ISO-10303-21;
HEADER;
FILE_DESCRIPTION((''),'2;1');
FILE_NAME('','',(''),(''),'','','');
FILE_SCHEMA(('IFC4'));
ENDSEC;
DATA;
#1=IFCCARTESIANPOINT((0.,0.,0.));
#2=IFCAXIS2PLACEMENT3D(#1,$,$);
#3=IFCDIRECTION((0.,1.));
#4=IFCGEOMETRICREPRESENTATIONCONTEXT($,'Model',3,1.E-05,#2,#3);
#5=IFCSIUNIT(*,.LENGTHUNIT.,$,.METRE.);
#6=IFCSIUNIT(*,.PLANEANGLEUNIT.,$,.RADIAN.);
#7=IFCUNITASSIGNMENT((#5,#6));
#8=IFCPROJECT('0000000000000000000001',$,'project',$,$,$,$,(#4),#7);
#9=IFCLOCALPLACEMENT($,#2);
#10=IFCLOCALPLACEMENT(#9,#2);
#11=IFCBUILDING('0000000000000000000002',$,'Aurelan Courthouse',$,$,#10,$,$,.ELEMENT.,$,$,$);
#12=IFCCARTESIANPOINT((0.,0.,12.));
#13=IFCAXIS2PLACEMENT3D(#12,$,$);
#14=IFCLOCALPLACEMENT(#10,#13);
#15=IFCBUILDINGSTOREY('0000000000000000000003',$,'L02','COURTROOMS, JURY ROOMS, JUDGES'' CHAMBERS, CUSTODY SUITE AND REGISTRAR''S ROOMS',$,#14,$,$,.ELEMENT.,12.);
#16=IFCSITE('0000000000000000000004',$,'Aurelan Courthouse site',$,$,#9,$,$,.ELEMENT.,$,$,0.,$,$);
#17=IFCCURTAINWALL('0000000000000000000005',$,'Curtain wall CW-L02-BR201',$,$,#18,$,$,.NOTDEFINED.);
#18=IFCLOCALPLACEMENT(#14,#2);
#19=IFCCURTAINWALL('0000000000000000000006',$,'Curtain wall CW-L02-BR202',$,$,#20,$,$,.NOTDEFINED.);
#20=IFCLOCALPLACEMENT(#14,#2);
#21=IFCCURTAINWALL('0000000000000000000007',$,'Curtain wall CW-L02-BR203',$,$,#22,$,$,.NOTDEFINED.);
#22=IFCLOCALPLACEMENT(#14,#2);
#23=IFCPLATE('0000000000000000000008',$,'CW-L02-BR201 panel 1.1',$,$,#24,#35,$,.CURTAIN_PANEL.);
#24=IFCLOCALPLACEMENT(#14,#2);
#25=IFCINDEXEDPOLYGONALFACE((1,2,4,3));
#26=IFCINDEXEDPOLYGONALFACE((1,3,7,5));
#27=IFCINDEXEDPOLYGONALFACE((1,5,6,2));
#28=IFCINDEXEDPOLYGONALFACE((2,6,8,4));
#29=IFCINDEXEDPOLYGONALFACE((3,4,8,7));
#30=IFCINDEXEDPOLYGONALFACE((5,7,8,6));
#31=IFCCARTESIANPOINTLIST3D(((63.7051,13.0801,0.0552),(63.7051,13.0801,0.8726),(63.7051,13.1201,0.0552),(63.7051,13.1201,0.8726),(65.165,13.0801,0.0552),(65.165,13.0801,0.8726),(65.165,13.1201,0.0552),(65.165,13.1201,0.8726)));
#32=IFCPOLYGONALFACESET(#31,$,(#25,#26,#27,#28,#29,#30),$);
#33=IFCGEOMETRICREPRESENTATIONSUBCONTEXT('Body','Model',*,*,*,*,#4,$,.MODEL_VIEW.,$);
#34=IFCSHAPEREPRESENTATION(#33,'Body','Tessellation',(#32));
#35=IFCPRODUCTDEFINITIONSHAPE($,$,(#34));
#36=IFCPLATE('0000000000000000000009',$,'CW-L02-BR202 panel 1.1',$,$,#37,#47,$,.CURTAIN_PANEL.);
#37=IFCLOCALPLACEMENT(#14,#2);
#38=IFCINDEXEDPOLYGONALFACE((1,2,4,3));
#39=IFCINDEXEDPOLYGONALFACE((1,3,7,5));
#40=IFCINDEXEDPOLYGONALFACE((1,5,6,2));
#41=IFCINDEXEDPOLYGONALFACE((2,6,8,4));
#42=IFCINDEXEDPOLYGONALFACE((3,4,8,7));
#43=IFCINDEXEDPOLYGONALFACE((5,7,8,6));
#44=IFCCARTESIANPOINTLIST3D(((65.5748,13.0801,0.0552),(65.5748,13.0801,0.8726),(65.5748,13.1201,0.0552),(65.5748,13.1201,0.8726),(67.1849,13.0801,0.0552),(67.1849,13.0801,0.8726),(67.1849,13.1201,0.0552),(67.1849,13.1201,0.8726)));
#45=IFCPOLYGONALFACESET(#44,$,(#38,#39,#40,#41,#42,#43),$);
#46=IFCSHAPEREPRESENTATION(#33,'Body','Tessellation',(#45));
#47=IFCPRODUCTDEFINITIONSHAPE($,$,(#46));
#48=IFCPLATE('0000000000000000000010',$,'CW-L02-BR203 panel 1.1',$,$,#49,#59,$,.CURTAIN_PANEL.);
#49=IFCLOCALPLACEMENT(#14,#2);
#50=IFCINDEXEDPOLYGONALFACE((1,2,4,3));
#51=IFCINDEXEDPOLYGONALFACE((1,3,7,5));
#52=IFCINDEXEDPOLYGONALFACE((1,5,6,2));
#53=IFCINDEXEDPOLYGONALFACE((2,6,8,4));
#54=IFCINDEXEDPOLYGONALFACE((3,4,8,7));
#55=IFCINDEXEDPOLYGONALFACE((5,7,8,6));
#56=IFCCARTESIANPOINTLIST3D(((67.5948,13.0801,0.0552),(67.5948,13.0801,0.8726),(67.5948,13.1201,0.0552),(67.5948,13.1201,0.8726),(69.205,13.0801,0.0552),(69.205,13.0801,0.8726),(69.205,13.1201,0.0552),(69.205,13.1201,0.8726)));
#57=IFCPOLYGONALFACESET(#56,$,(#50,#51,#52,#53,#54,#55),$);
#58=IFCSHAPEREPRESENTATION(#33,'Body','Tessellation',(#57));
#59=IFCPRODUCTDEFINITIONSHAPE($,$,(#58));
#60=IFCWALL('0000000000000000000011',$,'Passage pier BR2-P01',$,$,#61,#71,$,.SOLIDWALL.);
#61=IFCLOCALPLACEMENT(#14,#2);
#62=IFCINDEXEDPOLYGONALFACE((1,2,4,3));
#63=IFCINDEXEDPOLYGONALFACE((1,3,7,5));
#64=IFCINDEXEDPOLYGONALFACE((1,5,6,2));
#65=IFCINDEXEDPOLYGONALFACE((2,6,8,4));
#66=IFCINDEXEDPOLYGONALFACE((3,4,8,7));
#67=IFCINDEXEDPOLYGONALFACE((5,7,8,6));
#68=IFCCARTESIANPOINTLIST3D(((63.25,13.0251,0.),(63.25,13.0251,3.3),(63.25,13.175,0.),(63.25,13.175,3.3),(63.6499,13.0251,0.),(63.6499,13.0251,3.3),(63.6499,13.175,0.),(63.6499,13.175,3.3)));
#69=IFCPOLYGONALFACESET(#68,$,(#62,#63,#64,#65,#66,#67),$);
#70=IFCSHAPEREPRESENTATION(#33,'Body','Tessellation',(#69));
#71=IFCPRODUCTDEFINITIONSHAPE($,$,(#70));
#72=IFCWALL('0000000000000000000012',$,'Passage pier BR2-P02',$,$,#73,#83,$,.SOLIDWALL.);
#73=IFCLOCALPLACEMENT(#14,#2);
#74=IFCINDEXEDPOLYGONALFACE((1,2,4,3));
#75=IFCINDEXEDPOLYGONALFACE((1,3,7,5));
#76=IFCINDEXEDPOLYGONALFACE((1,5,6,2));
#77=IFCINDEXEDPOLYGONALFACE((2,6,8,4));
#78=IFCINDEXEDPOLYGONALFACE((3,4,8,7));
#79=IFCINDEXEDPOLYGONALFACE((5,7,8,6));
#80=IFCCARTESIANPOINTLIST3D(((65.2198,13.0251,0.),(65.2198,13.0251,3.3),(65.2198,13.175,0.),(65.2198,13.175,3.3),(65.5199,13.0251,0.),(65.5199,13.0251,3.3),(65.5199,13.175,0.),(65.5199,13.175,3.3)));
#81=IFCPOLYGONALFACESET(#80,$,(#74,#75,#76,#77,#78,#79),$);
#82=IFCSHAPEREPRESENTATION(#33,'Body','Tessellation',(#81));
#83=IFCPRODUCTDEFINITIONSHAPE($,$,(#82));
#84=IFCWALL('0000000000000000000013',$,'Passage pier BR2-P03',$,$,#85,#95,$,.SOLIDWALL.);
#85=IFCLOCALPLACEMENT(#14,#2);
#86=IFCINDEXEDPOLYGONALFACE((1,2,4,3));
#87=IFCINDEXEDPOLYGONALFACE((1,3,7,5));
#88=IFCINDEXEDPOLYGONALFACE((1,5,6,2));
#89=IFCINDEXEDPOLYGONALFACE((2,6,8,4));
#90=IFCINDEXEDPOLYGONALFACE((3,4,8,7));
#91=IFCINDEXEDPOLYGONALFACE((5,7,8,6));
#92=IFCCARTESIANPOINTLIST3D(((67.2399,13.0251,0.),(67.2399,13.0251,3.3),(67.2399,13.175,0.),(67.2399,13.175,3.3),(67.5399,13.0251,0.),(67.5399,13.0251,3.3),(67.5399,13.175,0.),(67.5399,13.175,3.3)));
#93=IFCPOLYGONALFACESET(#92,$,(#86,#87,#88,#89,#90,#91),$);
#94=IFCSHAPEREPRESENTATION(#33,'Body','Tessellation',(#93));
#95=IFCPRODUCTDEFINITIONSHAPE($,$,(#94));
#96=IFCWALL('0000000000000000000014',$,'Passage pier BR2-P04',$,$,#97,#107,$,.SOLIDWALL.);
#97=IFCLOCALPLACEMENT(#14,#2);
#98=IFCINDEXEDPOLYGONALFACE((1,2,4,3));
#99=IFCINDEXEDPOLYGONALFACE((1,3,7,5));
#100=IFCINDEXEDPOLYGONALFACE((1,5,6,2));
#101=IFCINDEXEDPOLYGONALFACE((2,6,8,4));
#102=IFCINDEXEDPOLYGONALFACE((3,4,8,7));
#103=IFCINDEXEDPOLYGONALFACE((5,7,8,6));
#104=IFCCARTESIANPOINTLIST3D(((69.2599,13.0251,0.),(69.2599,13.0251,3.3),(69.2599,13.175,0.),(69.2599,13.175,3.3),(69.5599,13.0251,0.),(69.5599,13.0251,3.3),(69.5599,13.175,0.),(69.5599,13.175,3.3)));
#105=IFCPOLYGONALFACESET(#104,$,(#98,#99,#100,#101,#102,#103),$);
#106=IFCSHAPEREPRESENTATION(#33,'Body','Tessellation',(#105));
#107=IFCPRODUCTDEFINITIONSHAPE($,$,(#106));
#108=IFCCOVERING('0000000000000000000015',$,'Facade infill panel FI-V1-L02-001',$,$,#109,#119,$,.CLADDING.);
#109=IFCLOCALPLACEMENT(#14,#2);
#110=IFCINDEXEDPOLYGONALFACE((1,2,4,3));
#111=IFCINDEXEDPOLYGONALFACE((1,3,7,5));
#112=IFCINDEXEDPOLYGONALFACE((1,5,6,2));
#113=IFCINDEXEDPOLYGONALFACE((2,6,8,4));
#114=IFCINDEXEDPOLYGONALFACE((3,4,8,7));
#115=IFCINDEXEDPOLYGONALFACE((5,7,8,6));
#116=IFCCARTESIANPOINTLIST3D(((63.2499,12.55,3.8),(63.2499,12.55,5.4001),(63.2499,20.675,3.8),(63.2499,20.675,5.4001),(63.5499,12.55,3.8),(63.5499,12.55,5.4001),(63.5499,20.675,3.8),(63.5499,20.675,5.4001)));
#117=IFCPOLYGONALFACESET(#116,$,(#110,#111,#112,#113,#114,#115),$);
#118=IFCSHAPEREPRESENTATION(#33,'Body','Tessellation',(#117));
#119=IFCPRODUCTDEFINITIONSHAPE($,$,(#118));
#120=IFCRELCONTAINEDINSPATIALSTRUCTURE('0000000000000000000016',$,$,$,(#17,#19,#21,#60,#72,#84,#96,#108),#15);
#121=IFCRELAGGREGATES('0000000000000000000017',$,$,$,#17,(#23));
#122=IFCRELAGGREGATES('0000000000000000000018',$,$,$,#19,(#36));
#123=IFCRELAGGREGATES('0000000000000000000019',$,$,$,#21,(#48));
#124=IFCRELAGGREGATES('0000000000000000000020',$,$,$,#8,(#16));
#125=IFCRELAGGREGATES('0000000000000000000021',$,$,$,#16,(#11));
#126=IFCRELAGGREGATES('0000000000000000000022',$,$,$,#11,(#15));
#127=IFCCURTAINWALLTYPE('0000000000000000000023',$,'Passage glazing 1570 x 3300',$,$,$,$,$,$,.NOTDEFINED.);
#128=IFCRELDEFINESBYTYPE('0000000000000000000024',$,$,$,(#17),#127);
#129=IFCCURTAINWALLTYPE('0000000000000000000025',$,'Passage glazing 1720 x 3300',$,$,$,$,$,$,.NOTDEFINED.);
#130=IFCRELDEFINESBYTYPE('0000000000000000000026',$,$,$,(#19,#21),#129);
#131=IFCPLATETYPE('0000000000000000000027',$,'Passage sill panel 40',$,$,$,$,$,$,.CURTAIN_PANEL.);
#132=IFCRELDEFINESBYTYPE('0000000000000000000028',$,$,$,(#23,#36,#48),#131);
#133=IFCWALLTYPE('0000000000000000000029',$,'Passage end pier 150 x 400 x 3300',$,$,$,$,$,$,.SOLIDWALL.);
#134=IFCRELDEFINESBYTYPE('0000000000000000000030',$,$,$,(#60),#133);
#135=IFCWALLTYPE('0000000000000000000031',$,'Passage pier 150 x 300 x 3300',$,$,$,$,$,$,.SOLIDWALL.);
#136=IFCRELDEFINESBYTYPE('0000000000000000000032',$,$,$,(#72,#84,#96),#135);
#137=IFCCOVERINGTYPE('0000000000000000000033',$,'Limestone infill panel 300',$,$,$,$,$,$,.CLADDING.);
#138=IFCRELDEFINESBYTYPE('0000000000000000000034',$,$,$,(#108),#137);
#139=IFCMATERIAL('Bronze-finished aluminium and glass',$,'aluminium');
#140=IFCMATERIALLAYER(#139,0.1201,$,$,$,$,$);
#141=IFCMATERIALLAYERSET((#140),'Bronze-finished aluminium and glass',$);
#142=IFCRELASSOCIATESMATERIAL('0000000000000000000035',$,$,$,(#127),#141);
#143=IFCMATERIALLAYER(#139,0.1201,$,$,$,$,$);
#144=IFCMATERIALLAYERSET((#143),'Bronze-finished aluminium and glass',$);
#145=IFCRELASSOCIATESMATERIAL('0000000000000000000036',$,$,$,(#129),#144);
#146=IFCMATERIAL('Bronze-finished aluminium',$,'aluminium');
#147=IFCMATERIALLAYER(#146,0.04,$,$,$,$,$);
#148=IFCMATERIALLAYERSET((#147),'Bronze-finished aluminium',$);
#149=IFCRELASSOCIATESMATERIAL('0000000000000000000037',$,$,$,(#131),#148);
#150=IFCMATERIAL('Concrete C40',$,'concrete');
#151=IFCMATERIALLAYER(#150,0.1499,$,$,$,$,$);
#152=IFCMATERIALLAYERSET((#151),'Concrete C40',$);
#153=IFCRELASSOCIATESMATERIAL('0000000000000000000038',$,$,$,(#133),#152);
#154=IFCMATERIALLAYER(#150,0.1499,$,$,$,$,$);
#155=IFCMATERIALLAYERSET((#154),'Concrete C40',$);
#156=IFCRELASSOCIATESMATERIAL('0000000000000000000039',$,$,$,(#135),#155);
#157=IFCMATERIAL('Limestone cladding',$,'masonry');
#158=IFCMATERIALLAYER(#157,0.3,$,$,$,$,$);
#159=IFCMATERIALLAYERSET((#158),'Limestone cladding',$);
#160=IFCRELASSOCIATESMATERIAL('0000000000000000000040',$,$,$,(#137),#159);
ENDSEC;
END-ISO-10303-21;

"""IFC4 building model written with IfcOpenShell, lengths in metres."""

from ifc_helpers import new_model, si_unit, direction, frame, frame_2d, origin, origin_2d, place, context, subcontext, project, spatial, rectangle, extrude, material, layer, layer_set, type_object, element, aggregate, save


model = new_model("IFC4")

# Units and contexts
model_context = context("Model", 3, precision=1e-05, world=origin(), true_north=direction((0.0, 1.0)))
body_context = subcontext(model_context, "Body", "Model", "MODEL_VIEW")
ifc_project = project(units=[si_unit("LENGTHUNIT", "METRE"), si_unit("PLANEANGLEUNIT", "RADIAN")], contexts=[model_context])

# Site, building, storey
site_placement = place(None, origin())
site = spatial("IfcSite", under=ifc_project, at=site_placement, Name="Aurelan Courthouse site", CompositionType="ELEMENT", RefElevation=0.0)
building_placement = place(site_placement, origin())
building = spatial("IfcBuilding", under=site, at=building_placement, Name="Aurelan Courthouse", CompositionType="ELEMENT")
storey_placement = place(building_placement, frame((0.0, 0.0, 12.0)))
storey = spatial("IfcBuildingStorey", under=building, at=storey_placement, Name="L02", Description="COURTROOMS, JURY ROOMS, JUDGES' CHAMBERS, CUSTODY SUITE AND REGISTRAR'S ROOMS", CompositionType="ELEMENT", Elevation=12.0)

# Curtain walls
ifc_material_1 = material(Name="Bronze-finished aluminium and glass", Category="aluminium")
ifc_layer_1 = layer(ifc_material_1, 0.1201)
ifc_layer_set_1 = layer_set([ifc_layer_1], Name="Bronze-finished aluminium and glass")
curtain_wall_type_1 = type_object("IfcCurtainWallType", Name="Passage glazing 1570 x 3300", PredefinedType="NOTDEFINED", material=ifc_layer_set_1)
curtain_wall_1_placement = place(storey_placement, origin())
curtain_wall_1 = element("IfcCurtainWall", 1, at=curtain_wall_1_placement, inside=storey, type_object=curtain_wall_type_1, Name="Curtain wall CW-L02-BR201", PredefinedType="NOTDEFINED")
ifc_material_2 = material(Name="Bronze-finished aluminium", Category="aluminium")
ifc_layer_2 = layer(ifc_material_1, 0.1201)
ifc_layer_set_2 = layer_set([ifc_layer_2], Name="Bronze-finished aluminium and glass")
curtain_wall_type_2 = type_object("IfcCurtainWallType", Name="Passage glazing 1720 x 3300", PredefinedType="NOTDEFINED", material=ifc_layer_set_2)
curtain_wall_2_placement = place(storey_placement, origin())
curtain_wall_2 = element("IfcCurtainWall", 2, at=curtain_wall_2_placement, inside=storey, type_object=curtain_wall_type_2, Name="Curtain wall CW-L02-BR202", PredefinedType="NOTDEFINED")
curtain_wall_3_placement = place(storey_placement, origin())
curtain_wall_3 = element("IfcCurtainWall", 3, at=curtain_wall_3_placement, inside=storey, type_object=curtain_wall_type_2, Name="Curtain wall CW-L02-BR203", PredefinedType="NOTDEFINED")

# Shared definitions
ifc_material_3 = material(Name="Concrete C40", Category="concrete")

# Plates
ifc_layer_3 = layer(ifc_material_2, 0.04)
ifc_layer_set_3 = layer_set([ifc_layer_3], Name="Bronze-finished aluminium")
plate_type_1 = type_object("IfcPlateType", Name="Passage sill panel 40", PredefinedType="CURTAIN_PANEL", material=ifc_layer_set_3)
plate_1_placement = place(storey_placement, frame((64.4351, 13.1001, 0.0552), z_axis=(0.0, 0.0, 1.0), x_axis=(1.0, 0.0, 0.0)))
plate_1 = element("IfcPlate", 4, at=plate_1_placement, type_object=plate_type_1, Name="CW-L02-BR201 panel 1.1", PredefinedType="CURTAIN_PANEL", context=body_context, shape_type="SweptSolid", body=[
    extrude(rectangle(XDim=1.46, YDim=0.04, at=origin_2d()), origin(), (0.0, 0.0, 1.0), 0.8174),
])
aggregate(curtain_wall_1, [plate_1])
plate_2_placement = place(storey_placement, frame((66.3799, 13.1001, 0.0552), z_axis=(0.0, 0.0, 1.0), x_axis=(1.0, 0.0, 0.0)))
plate_2 = element("IfcPlate", 5, at=plate_2_placement, type_object=plate_type_1, Name="CW-L02-BR202 panel 1.1", PredefinedType="CURTAIN_PANEL", context=body_context, shape_type="SweptSolid", body=[
    extrude(rectangle(XDim=1.6101, YDim=0.04, at=origin_2d()), origin(), (0.0, 0.0, 1.0), 0.8174),
])
aggregate(curtain_wall_2, [plate_2])
plate_3_placement = place(storey_placement, frame((68.3999, 13.1001, 0.0552), z_axis=(0.0, 0.0, 1.0), x_axis=(1.0, 0.0, 0.0)))
plate_3 = element("IfcPlate", 6, at=plate_3_placement, type_object=plate_type_1, Name="CW-L02-BR203 panel 1.1", PredefinedType="CURTAIN_PANEL", context=body_context, shape_type="SweptSolid", body=[
    extrude(rectangle(XDim=1.6101, YDim=0.04, at=origin_2d()), origin(), (0.0, 0.0, 1.0), 0.8174),
])
aggregate(curtain_wall_3, [plate_3])

# Walls
ifc_layer_4 = layer(ifc_material_3, 0.1499)
ifc_layer_set_4 = layer_set([ifc_layer_4], Name="Concrete C40")
wall_type_1 = type_object("IfcWallType", Name="Passage end pier 150 x 400 x 3300", PredefinedType="SOLIDWALL", material=ifc_layer_set_4)
wall_placement = place(storey_placement, frame((63.25, 13.1001, 0.0), z_axis=(0.0, 0.0, 1.0), x_axis=(1.0, 0.0, 0.0)))
element("IfcWall", 7, at=wall_placement, inside=storey, type_object=wall_type_1, Name="Passage pier BR2-P01", PredefinedType="SOLIDWALL", context=body_context, shape_type="SweptSolid", body=[
    extrude(rectangle(XDim=0.3999, YDim=0.1499, at=frame_2d((0.2, 0.0))), origin(), (0.0, 0.0, 1.0), 3.3),
])
ifc_layer_5 = layer(ifc_material_3, 0.1499)
ifc_layer_set_5 = layer_set([ifc_layer_5], Name="Concrete C40")
wall_type_2 = type_object("IfcWallType", Name="Passage pier 150 x 300 x 3300", PredefinedType="SOLIDWALL", material=ifc_layer_set_5)
for number, where, z_axis, x_axis, name in (
    (8, (65.22, 13.1001, 0.0), (0.0, 0.0, 1.0), (1.0, 0.0, 0.0), "Passage pier BR2-P02"),
    (9, (67.24, 13.1001, 0.0), (0.0, 0.0, 1.0), (1.0, 0.0, 0.0), "Passage pier BR2-P03"),
    (10, (69.26, 13.1001, 0.0), (0.0, 0.0, 1.0), (1.0, 0.0, 0.0), "Passage pier BR2-P04"),
):
    element("IfcWall", number, at=place(storey_placement, frame(where, z_axis=z_axis, x_axis=x_axis)), inside=storey, type_object=wall_type_2, Name=name, PredefinedType="SOLIDWALL", context=body_context, shape_type="SweptSolid", body=[
        extrude(rectangle(XDim=0.3, YDim=0.1499, at=frame_2d((0.1499, 0.0))), origin(), (0.0, 0.0, 1.0), 3.3),
    ])

# Covering
ifc_material_4 = material(Name="Limestone cladding", Category="masonry")
ifc_layer_6 = layer(ifc_material_4, 0.3)
ifc_layer_set_6 = layer_set([ifc_layer_6], Name="Limestone cladding")
covering_type = type_object("IfcCoveringType", Name="Limestone infill panel 300", PredefinedType="CLADDING", material=ifc_layer_set_6)
covering_placement = place(storey_placement, frame((63.3999, 16.6125, 3.8), z_axis=(0.0, 0.0, 1.0), x_axis=(1.0, 0.0, 0.0)))
element("IfcCovering", 11, at=covering_placement, inside=storey, type_object=covering_type, Name="Facade infill panel FI-V1-L02-001", PredefinedType="CLADDING", context=body_context, shape_type="SweptSolid", body=[
    extrude(rectangle(XDim=0.3, YDim=8.125, at=origin_2d()), origin(), (0.0, 0.0, 1.0), 1.6001),
])

save(model, "model.ifc")
